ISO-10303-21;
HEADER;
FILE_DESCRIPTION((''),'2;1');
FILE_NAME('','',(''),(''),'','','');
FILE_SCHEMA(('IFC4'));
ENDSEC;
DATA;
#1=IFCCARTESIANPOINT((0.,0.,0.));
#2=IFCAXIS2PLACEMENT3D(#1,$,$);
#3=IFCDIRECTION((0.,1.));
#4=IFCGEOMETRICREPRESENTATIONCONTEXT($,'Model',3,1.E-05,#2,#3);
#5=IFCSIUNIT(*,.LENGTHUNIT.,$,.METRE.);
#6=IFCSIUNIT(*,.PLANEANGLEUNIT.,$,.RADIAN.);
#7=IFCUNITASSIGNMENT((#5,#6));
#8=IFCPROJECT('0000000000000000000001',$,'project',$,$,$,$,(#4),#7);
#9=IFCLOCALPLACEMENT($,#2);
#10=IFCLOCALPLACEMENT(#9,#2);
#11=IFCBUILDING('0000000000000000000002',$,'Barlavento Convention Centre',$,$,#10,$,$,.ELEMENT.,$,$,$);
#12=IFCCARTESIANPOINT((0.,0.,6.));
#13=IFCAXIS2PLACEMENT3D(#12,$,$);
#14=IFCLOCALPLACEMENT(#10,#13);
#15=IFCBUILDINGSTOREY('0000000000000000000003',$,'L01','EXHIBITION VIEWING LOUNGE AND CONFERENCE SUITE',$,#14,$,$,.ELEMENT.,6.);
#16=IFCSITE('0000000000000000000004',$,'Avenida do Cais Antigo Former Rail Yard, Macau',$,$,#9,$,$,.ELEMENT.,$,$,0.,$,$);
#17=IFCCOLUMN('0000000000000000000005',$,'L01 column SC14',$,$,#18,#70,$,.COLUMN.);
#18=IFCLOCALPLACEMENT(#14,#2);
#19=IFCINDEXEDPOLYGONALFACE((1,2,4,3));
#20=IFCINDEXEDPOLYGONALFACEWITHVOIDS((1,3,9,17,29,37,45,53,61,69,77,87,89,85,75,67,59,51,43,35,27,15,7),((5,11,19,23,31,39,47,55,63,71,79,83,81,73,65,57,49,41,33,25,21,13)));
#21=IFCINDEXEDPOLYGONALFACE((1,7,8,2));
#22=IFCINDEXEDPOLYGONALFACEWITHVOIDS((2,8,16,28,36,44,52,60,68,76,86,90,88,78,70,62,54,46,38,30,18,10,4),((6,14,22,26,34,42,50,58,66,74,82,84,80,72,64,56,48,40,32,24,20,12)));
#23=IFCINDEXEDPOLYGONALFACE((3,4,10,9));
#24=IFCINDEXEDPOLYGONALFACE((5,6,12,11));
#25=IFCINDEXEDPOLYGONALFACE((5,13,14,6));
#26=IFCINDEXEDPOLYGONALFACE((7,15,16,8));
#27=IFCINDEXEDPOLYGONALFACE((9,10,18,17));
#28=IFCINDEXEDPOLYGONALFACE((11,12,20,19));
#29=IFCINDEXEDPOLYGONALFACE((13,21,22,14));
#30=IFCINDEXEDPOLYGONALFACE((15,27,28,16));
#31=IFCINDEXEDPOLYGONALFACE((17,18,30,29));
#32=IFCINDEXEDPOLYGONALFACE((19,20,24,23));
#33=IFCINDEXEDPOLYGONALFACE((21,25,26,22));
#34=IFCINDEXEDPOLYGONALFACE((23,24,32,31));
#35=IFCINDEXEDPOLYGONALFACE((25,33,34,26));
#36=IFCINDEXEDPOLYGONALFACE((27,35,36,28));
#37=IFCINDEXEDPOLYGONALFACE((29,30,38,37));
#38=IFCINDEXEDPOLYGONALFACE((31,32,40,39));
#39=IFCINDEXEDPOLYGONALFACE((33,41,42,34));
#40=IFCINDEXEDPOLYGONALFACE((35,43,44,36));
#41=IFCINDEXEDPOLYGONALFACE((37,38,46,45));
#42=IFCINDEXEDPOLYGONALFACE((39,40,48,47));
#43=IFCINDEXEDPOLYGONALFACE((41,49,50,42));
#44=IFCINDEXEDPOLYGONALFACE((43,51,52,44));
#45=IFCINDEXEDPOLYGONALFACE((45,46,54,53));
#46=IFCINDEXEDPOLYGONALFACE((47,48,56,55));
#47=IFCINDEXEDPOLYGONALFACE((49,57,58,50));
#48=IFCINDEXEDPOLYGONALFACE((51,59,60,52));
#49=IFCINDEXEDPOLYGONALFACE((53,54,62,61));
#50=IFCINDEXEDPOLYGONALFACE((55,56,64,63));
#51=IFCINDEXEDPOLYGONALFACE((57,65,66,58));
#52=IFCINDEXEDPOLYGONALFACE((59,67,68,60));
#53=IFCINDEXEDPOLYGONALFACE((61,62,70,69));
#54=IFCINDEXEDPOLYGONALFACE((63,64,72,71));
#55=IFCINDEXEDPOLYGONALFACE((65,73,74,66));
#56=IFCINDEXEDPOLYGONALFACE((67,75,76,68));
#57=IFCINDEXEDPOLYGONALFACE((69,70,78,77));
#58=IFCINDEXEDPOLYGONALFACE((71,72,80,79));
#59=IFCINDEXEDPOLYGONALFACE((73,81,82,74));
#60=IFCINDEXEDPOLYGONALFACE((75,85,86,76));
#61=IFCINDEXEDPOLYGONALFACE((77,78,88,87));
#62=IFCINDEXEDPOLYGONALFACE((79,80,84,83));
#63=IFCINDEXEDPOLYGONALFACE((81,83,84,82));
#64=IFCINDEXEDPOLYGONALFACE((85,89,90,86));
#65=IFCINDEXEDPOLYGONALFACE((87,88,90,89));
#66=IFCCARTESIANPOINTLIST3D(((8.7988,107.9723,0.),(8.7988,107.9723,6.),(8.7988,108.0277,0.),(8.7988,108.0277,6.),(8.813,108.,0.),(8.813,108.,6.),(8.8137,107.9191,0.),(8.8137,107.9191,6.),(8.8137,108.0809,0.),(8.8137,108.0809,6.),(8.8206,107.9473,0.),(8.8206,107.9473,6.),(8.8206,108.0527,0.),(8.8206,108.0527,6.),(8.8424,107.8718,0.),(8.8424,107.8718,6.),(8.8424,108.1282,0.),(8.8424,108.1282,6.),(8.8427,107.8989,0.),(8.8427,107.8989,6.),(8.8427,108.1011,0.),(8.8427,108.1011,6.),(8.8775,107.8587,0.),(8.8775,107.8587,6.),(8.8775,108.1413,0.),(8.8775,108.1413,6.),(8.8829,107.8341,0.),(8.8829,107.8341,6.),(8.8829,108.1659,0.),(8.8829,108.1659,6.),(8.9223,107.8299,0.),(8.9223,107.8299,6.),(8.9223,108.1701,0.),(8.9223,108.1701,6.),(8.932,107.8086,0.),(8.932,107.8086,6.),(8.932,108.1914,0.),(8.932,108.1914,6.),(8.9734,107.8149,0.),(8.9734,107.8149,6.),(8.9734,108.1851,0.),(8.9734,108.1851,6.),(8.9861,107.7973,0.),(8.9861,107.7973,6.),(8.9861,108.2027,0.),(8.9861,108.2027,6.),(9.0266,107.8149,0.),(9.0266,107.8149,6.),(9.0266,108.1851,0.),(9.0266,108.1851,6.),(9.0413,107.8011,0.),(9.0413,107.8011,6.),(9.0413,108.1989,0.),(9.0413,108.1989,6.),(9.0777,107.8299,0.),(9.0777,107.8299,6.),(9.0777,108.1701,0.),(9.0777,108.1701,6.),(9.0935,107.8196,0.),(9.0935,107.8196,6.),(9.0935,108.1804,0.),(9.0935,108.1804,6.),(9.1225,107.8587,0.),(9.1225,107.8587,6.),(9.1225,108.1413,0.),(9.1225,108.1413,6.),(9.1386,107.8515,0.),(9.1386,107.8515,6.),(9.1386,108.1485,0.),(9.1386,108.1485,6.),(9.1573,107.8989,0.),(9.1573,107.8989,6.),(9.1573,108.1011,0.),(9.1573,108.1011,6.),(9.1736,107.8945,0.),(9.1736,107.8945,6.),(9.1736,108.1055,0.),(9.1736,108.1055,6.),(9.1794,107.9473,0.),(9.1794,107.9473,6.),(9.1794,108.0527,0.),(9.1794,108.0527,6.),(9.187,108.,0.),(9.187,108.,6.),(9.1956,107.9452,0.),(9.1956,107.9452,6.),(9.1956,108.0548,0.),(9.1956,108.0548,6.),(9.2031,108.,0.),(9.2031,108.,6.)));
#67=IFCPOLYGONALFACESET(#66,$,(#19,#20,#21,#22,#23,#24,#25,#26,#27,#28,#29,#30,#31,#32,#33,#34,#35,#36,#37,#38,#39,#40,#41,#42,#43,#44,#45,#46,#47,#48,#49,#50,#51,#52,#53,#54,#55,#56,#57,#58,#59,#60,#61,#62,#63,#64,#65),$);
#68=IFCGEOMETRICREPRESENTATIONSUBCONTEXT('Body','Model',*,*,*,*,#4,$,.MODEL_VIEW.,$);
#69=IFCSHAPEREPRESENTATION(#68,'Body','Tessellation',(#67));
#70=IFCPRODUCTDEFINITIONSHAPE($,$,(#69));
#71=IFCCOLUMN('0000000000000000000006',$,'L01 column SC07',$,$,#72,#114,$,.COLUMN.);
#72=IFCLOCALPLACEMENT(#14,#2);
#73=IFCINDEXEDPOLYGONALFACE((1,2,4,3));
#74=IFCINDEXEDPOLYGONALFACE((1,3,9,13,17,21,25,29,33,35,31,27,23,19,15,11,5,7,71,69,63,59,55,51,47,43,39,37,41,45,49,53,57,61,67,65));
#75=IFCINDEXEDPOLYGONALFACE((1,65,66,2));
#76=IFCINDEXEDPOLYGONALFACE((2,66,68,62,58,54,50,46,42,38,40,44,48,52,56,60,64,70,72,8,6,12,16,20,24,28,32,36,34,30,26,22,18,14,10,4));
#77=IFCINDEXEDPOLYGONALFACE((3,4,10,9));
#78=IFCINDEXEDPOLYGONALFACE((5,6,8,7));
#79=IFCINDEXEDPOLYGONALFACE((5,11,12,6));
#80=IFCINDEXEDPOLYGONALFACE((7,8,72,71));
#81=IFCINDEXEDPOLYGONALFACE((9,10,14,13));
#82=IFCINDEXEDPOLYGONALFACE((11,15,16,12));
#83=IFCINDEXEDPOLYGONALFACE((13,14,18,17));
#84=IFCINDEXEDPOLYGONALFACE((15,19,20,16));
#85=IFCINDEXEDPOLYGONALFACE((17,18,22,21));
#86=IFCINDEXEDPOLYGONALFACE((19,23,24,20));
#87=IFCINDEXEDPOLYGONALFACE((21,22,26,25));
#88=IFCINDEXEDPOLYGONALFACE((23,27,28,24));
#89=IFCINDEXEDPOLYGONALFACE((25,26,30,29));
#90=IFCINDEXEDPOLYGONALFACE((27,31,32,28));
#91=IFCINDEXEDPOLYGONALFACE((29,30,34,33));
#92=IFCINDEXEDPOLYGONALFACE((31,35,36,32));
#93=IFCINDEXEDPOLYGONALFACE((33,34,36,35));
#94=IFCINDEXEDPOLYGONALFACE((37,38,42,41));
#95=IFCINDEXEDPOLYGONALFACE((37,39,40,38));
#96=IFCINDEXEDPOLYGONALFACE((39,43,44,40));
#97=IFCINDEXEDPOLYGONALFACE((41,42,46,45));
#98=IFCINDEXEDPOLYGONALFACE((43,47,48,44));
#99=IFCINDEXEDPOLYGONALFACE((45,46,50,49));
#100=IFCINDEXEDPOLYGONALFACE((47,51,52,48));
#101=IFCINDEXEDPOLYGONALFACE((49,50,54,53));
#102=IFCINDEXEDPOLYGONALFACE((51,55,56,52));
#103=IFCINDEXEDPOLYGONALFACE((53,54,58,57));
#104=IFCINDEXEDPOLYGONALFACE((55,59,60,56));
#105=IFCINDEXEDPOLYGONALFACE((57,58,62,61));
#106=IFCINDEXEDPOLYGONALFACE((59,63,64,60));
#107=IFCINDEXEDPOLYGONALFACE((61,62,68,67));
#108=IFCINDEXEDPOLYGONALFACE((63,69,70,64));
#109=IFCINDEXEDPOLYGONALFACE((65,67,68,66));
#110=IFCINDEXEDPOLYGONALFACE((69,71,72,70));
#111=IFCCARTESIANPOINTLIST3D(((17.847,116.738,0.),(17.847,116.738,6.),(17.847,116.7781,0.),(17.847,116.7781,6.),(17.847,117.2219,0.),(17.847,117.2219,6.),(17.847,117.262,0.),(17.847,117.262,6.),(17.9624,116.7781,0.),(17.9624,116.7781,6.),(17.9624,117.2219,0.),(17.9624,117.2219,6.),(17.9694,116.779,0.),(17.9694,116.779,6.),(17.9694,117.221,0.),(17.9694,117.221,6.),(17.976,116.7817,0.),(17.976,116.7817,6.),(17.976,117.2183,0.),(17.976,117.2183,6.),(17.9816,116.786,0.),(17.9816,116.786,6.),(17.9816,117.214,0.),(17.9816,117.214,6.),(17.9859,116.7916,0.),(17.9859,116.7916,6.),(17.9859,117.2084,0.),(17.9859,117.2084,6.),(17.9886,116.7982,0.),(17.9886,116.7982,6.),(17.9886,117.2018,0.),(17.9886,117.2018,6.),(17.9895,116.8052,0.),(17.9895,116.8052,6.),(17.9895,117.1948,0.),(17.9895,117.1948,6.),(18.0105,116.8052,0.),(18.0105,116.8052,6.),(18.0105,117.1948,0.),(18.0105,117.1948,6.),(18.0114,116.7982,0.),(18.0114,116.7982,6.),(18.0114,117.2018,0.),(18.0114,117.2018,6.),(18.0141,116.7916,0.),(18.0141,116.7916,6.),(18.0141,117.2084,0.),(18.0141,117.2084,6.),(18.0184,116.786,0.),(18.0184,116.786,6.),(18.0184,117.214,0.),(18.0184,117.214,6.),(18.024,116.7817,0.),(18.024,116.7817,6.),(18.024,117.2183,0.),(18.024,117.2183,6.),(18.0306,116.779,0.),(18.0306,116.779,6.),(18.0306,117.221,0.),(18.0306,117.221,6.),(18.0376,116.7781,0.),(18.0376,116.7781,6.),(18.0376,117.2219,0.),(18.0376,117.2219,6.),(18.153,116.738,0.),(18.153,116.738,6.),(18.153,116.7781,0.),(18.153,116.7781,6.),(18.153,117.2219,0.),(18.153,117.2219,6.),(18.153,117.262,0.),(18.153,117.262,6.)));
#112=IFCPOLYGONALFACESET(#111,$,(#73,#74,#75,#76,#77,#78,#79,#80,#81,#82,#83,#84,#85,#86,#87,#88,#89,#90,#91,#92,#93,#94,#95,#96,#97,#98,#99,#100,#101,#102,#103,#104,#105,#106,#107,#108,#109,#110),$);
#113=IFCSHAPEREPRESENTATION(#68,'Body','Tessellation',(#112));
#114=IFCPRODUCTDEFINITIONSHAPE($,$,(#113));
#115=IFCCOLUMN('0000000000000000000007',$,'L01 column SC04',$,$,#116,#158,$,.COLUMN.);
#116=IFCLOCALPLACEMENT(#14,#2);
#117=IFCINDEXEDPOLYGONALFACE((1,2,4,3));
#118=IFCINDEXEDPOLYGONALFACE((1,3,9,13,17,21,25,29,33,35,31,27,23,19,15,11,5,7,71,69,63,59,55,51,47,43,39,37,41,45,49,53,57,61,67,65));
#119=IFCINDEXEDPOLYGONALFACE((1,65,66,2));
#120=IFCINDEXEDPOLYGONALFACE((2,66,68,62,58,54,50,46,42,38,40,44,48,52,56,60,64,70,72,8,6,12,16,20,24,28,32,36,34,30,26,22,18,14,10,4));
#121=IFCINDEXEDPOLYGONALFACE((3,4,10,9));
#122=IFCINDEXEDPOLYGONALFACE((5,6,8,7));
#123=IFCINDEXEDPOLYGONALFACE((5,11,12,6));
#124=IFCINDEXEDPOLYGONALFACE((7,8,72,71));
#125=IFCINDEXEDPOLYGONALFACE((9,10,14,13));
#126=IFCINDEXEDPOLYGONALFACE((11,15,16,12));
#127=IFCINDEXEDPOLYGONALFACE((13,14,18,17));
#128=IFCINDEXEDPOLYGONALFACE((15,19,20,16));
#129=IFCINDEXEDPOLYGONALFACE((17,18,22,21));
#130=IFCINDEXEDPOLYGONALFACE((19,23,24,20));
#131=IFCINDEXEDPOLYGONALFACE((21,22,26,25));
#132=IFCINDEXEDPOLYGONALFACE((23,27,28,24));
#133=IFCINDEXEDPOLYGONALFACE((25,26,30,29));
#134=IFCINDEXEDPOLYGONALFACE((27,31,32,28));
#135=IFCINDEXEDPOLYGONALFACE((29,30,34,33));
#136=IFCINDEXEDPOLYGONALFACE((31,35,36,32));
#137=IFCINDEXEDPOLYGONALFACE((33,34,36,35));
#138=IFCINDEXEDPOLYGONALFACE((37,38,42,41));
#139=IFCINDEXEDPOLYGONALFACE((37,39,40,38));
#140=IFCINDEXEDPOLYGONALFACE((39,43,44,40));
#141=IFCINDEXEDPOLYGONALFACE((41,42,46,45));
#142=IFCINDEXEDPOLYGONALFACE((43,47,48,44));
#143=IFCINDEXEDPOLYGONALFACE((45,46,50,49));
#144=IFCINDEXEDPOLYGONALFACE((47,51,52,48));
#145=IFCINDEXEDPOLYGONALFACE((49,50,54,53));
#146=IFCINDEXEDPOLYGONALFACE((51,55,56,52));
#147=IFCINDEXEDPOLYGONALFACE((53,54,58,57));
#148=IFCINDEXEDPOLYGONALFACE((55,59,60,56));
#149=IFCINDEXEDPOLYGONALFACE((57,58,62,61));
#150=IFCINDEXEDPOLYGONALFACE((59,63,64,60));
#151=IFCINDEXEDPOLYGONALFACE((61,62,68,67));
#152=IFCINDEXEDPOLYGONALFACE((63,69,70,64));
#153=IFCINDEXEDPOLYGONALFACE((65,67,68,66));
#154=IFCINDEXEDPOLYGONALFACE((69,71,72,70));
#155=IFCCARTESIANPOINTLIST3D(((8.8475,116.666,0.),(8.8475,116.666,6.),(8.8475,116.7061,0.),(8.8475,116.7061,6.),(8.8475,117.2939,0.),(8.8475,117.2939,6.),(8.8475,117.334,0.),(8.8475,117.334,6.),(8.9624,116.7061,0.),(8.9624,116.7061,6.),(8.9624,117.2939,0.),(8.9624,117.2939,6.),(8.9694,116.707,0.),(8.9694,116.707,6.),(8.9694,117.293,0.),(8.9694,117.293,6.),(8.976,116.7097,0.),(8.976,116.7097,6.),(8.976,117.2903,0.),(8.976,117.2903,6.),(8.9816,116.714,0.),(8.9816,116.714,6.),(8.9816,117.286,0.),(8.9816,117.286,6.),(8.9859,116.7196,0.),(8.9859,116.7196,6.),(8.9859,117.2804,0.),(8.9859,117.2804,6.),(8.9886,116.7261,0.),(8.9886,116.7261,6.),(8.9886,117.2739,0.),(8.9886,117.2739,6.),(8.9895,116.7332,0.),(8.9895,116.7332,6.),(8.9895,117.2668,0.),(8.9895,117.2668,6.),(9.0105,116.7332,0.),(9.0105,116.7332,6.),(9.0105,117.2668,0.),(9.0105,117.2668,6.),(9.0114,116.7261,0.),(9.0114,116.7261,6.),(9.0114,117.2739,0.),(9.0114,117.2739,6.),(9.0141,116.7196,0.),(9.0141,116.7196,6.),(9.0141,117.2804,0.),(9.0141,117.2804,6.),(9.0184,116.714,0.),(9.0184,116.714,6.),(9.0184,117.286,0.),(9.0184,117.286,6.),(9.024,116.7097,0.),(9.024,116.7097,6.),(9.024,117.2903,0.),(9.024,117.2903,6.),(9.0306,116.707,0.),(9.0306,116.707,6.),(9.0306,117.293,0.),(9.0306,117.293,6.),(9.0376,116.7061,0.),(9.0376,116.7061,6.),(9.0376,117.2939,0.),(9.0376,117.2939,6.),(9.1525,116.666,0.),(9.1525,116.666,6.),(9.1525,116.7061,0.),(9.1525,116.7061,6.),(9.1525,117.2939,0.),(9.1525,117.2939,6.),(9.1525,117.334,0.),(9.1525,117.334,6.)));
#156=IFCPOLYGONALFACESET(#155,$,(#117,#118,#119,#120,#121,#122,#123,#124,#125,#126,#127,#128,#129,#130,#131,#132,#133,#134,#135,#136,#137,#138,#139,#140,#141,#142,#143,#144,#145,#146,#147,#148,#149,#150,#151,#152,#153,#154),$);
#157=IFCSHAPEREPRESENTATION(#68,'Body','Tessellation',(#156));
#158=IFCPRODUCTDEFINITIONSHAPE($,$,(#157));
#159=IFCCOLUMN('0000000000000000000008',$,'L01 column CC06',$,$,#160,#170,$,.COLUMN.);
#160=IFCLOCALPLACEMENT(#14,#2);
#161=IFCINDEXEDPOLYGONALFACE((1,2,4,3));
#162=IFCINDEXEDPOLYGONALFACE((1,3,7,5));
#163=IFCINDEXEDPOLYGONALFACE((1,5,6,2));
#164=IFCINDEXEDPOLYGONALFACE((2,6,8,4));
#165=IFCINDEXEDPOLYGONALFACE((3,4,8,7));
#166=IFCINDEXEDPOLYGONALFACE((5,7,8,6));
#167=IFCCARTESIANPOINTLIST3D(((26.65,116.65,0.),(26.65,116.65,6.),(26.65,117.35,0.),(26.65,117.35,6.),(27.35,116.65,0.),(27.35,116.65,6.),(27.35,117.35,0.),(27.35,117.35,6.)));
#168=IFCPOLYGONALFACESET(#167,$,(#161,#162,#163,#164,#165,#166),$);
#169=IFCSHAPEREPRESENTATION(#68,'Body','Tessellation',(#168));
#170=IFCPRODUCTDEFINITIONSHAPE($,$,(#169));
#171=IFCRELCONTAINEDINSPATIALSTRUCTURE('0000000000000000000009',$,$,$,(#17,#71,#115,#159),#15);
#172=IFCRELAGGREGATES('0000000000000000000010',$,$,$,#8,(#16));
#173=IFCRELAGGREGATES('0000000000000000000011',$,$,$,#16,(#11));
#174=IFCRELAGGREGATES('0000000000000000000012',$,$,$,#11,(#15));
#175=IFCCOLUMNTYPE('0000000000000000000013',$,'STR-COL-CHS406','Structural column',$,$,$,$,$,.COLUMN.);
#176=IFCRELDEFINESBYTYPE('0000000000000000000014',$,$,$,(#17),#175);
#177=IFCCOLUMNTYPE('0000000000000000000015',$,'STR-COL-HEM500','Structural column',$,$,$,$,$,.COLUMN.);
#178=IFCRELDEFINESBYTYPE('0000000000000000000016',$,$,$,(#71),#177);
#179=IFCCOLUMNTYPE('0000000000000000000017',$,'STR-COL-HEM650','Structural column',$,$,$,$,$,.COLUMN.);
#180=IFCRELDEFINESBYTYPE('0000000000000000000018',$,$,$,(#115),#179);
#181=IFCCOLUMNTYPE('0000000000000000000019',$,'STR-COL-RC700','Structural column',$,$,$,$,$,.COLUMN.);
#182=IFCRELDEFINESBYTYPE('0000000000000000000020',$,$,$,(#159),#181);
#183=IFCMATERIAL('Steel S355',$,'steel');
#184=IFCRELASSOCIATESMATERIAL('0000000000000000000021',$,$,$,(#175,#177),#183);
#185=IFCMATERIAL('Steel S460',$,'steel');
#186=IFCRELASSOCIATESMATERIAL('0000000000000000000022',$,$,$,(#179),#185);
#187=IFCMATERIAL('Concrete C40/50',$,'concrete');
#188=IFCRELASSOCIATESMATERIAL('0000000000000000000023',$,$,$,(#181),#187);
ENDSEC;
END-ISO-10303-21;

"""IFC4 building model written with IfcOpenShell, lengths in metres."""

from ifc_helpers import new_model, si_unit, direction, frame, origin, origin_2d, place, context, subcontext, project, spatial, rectangle, hollow_circle, i_section, extrude, material, material_profile, profile_set, type_object, element, save


model = new_model("IFC4")

# Units and contexts
model_context = context("Model", 3, precision=1e-05, world=origin(), true_north=direction((0.0, 1.0)))
body_context = subcontext(model_context, "Body", "Model", "MODEL_VIEW")
ifc_project = project(units=[si_unit("LENGTHUNIT", "METRE"), si_unit("PLANEANGLEUNIT", "RADIAN")], contexts=[model_context])

# Site, building, storey
site_placement = place(None, origin())
site = spatial("IfcSite", under=ifc_project, at=site_placement, Name="Avenida do Cais Antigo Former Rail Yard, Macau", CompositionType="ELEMENT", RefElevation=0.0)
building_placement = place(site_placement, origin())
building = spatial("IfcBuilding", under=site, at=building_placement, Name="Barlavento Convention Centre", CompositionType="ELEMENT")
storey_placement = place(building_placement, frame((0.0, 0.0, 6.0)))
storey = spatial("IfcBuildingStorey", under=building, at=storey_placement, Name="L01", Description="EXHIBITION VIEWING LOUNGE AND CONFERENCE SUITE", CompositionType="ELEMENT", Elevation=6.0)

# Columns
ifc_material_1 = material(Name="Steel S355", Category="steel")
ifc_material_profile_1 = material_profile(ifc_material_1, hollow_circle(Radius=0.2031, WallThickness=0.0161, at=origin_2d()), Name="CHS 406.4x16.0")
ifc_profile_set_1 = profile_set([ifc_material_profile_1], Name="Steel S355")
column_type_1 = type_object("IfcColumnType", Name="STR-COL-CHS406", Description="Structural column", PredefinedType="COLUMN", material=ifc_profile_set_1)
column_1_placement = place(storey_placement, frame((9.0, 108.0, 0.0), z_axis=(0.0, 0.0, 1.0), x_axis=(1.0, 0.0, 0.0)))
element("IfcColumn", 1, at=column_1_placement, inside=storey, type_object=column_type_1, Name="L01 column SC14", PredefinedType="COLUMN", context=body_context, shape_type="SweptSolid", body=[
    extrude(hollow_circle(Radius=0.2031, WallThickness=0.0161, at=origin_2d()), origin(), (0.0, 0.0, 1.0), 6.0),
])
ifc_material_profile_2 = material_profile(ifc_material_1, i_section(OverallWidth=0.3059, OverallDepth=0.5239, WebThickness=0.021, FlangeThickness=0.04, FilletRadius=0.0271, at=origin_2d()), Name="HEM 500")
ifc_profile_set_2 = profile_set([ifc_material_profile_2], Name="Steel S355")
column_type_2 = type_object("IfcColumnType", Name="STR-COL-HEM500", Description="Structural column", PredefinedType="COLUMN", material=ifc_profile_set_2)
column_2_placement = place(storey_placement, frame((18.0, 117.0, 0.0), z_axis=(0.0, 0.0, 1.0), x_axis=(1.0, 0.0, 0.0)))
element("IfcColumn", 2, at=column_2_placement, inside=storey, type_object=column_type_2, Name="L01 column SC07", PredefinedType="COLUMN", context=body_context, shape_type="SweptSolid", body=[
    extrude(i_section(OverallWidth=0.3059, OverallDepth=0.5239, WebThickness=0.021, FlangeThickness=0.04, FilletRadius=0.0271, at=origin_2d()), origin(), (0.0, 0.0, 1.0), 6.0),
])
ifc_material_2 = material(Name="Steel S460", Category="steel")
ifc_material_profile_3 = material_profile(ifc_material_2, i_section(OverallWidth=0.3049, OverallDepth=0.668, WebThickness=0.021, FlangeThickness=0.04, FilletRadius=0.0271, at=origin_2d()), Name="HEM 650")
ifc_profile_set_3 = profile_set([ifc_material_profile_3], Name="Steel S460")
column_type_3 = type_object("IfcColumnType", Name="STR-COL-HEM650", Description="Structural column", PredefinedType="COLUMN", material=ifc_profile_set_3)
column_3_placement = place(storey_placement, frame((9.0, 117.0, 0.0), z_axis=(0.0, 0.0, 1.0), x_axis=(1.0, 0.0, 0.0)))
element("IfcColumn", 3, at=column_3_placement, inside=storey, type_object=column_type_3, Name="L01 column SC04", PredefinedType="COLUMN", context=body_context, shape_type="SweptSolid", body=[
    extrude(i_section(OverallWidth=0.3049, OverallDepth=0.668, WebThickness=0.021, FlangeThickness=0.04, FilletRadius=0.0271, at=origin_2d()), origin(), (0.0, 0.0, 1.0), 6.0),
])
ifc_material_3 = material(Name="Concrete C40/50", Category="concrete")
ifc_material_profile_4 = material_profile(ifc_material_3, rectangle(XDim=0.7, YDim=0.7, at=origin_2d()), Name="RC 700x700")
ifc_profile_set_4 = profile_set([ifc_material_profile_4], Name="Concrete C40/50")
column_type_4 = type_object("IfcColumnType", Name="STR-COL-RC700", Description="Structural column", PredefinedType="COLUMN", material=ifc_profile_set_4)
column_4_placement = place(storey_placement, frame((27.0, 117.0, 0.0), z_axis=(0.0, 0.0, 1.0), x_axis=(1.0, 0.0, 0.0)))
element("IfcColumn", 4, at=column_4_placement, inside=storey, type_object=column_type_4, Name="L01 column CC06", PredefinedType="COLUMN", context=body_context, shape_type="SweptSolid", body=[
    extrude(rectangle(XDim=0.7, YDim=0.7, at=origin_2d()), origin(), (0.0, 0.0, 1.0), 6.0),
])

save(model, "model.ifc")
